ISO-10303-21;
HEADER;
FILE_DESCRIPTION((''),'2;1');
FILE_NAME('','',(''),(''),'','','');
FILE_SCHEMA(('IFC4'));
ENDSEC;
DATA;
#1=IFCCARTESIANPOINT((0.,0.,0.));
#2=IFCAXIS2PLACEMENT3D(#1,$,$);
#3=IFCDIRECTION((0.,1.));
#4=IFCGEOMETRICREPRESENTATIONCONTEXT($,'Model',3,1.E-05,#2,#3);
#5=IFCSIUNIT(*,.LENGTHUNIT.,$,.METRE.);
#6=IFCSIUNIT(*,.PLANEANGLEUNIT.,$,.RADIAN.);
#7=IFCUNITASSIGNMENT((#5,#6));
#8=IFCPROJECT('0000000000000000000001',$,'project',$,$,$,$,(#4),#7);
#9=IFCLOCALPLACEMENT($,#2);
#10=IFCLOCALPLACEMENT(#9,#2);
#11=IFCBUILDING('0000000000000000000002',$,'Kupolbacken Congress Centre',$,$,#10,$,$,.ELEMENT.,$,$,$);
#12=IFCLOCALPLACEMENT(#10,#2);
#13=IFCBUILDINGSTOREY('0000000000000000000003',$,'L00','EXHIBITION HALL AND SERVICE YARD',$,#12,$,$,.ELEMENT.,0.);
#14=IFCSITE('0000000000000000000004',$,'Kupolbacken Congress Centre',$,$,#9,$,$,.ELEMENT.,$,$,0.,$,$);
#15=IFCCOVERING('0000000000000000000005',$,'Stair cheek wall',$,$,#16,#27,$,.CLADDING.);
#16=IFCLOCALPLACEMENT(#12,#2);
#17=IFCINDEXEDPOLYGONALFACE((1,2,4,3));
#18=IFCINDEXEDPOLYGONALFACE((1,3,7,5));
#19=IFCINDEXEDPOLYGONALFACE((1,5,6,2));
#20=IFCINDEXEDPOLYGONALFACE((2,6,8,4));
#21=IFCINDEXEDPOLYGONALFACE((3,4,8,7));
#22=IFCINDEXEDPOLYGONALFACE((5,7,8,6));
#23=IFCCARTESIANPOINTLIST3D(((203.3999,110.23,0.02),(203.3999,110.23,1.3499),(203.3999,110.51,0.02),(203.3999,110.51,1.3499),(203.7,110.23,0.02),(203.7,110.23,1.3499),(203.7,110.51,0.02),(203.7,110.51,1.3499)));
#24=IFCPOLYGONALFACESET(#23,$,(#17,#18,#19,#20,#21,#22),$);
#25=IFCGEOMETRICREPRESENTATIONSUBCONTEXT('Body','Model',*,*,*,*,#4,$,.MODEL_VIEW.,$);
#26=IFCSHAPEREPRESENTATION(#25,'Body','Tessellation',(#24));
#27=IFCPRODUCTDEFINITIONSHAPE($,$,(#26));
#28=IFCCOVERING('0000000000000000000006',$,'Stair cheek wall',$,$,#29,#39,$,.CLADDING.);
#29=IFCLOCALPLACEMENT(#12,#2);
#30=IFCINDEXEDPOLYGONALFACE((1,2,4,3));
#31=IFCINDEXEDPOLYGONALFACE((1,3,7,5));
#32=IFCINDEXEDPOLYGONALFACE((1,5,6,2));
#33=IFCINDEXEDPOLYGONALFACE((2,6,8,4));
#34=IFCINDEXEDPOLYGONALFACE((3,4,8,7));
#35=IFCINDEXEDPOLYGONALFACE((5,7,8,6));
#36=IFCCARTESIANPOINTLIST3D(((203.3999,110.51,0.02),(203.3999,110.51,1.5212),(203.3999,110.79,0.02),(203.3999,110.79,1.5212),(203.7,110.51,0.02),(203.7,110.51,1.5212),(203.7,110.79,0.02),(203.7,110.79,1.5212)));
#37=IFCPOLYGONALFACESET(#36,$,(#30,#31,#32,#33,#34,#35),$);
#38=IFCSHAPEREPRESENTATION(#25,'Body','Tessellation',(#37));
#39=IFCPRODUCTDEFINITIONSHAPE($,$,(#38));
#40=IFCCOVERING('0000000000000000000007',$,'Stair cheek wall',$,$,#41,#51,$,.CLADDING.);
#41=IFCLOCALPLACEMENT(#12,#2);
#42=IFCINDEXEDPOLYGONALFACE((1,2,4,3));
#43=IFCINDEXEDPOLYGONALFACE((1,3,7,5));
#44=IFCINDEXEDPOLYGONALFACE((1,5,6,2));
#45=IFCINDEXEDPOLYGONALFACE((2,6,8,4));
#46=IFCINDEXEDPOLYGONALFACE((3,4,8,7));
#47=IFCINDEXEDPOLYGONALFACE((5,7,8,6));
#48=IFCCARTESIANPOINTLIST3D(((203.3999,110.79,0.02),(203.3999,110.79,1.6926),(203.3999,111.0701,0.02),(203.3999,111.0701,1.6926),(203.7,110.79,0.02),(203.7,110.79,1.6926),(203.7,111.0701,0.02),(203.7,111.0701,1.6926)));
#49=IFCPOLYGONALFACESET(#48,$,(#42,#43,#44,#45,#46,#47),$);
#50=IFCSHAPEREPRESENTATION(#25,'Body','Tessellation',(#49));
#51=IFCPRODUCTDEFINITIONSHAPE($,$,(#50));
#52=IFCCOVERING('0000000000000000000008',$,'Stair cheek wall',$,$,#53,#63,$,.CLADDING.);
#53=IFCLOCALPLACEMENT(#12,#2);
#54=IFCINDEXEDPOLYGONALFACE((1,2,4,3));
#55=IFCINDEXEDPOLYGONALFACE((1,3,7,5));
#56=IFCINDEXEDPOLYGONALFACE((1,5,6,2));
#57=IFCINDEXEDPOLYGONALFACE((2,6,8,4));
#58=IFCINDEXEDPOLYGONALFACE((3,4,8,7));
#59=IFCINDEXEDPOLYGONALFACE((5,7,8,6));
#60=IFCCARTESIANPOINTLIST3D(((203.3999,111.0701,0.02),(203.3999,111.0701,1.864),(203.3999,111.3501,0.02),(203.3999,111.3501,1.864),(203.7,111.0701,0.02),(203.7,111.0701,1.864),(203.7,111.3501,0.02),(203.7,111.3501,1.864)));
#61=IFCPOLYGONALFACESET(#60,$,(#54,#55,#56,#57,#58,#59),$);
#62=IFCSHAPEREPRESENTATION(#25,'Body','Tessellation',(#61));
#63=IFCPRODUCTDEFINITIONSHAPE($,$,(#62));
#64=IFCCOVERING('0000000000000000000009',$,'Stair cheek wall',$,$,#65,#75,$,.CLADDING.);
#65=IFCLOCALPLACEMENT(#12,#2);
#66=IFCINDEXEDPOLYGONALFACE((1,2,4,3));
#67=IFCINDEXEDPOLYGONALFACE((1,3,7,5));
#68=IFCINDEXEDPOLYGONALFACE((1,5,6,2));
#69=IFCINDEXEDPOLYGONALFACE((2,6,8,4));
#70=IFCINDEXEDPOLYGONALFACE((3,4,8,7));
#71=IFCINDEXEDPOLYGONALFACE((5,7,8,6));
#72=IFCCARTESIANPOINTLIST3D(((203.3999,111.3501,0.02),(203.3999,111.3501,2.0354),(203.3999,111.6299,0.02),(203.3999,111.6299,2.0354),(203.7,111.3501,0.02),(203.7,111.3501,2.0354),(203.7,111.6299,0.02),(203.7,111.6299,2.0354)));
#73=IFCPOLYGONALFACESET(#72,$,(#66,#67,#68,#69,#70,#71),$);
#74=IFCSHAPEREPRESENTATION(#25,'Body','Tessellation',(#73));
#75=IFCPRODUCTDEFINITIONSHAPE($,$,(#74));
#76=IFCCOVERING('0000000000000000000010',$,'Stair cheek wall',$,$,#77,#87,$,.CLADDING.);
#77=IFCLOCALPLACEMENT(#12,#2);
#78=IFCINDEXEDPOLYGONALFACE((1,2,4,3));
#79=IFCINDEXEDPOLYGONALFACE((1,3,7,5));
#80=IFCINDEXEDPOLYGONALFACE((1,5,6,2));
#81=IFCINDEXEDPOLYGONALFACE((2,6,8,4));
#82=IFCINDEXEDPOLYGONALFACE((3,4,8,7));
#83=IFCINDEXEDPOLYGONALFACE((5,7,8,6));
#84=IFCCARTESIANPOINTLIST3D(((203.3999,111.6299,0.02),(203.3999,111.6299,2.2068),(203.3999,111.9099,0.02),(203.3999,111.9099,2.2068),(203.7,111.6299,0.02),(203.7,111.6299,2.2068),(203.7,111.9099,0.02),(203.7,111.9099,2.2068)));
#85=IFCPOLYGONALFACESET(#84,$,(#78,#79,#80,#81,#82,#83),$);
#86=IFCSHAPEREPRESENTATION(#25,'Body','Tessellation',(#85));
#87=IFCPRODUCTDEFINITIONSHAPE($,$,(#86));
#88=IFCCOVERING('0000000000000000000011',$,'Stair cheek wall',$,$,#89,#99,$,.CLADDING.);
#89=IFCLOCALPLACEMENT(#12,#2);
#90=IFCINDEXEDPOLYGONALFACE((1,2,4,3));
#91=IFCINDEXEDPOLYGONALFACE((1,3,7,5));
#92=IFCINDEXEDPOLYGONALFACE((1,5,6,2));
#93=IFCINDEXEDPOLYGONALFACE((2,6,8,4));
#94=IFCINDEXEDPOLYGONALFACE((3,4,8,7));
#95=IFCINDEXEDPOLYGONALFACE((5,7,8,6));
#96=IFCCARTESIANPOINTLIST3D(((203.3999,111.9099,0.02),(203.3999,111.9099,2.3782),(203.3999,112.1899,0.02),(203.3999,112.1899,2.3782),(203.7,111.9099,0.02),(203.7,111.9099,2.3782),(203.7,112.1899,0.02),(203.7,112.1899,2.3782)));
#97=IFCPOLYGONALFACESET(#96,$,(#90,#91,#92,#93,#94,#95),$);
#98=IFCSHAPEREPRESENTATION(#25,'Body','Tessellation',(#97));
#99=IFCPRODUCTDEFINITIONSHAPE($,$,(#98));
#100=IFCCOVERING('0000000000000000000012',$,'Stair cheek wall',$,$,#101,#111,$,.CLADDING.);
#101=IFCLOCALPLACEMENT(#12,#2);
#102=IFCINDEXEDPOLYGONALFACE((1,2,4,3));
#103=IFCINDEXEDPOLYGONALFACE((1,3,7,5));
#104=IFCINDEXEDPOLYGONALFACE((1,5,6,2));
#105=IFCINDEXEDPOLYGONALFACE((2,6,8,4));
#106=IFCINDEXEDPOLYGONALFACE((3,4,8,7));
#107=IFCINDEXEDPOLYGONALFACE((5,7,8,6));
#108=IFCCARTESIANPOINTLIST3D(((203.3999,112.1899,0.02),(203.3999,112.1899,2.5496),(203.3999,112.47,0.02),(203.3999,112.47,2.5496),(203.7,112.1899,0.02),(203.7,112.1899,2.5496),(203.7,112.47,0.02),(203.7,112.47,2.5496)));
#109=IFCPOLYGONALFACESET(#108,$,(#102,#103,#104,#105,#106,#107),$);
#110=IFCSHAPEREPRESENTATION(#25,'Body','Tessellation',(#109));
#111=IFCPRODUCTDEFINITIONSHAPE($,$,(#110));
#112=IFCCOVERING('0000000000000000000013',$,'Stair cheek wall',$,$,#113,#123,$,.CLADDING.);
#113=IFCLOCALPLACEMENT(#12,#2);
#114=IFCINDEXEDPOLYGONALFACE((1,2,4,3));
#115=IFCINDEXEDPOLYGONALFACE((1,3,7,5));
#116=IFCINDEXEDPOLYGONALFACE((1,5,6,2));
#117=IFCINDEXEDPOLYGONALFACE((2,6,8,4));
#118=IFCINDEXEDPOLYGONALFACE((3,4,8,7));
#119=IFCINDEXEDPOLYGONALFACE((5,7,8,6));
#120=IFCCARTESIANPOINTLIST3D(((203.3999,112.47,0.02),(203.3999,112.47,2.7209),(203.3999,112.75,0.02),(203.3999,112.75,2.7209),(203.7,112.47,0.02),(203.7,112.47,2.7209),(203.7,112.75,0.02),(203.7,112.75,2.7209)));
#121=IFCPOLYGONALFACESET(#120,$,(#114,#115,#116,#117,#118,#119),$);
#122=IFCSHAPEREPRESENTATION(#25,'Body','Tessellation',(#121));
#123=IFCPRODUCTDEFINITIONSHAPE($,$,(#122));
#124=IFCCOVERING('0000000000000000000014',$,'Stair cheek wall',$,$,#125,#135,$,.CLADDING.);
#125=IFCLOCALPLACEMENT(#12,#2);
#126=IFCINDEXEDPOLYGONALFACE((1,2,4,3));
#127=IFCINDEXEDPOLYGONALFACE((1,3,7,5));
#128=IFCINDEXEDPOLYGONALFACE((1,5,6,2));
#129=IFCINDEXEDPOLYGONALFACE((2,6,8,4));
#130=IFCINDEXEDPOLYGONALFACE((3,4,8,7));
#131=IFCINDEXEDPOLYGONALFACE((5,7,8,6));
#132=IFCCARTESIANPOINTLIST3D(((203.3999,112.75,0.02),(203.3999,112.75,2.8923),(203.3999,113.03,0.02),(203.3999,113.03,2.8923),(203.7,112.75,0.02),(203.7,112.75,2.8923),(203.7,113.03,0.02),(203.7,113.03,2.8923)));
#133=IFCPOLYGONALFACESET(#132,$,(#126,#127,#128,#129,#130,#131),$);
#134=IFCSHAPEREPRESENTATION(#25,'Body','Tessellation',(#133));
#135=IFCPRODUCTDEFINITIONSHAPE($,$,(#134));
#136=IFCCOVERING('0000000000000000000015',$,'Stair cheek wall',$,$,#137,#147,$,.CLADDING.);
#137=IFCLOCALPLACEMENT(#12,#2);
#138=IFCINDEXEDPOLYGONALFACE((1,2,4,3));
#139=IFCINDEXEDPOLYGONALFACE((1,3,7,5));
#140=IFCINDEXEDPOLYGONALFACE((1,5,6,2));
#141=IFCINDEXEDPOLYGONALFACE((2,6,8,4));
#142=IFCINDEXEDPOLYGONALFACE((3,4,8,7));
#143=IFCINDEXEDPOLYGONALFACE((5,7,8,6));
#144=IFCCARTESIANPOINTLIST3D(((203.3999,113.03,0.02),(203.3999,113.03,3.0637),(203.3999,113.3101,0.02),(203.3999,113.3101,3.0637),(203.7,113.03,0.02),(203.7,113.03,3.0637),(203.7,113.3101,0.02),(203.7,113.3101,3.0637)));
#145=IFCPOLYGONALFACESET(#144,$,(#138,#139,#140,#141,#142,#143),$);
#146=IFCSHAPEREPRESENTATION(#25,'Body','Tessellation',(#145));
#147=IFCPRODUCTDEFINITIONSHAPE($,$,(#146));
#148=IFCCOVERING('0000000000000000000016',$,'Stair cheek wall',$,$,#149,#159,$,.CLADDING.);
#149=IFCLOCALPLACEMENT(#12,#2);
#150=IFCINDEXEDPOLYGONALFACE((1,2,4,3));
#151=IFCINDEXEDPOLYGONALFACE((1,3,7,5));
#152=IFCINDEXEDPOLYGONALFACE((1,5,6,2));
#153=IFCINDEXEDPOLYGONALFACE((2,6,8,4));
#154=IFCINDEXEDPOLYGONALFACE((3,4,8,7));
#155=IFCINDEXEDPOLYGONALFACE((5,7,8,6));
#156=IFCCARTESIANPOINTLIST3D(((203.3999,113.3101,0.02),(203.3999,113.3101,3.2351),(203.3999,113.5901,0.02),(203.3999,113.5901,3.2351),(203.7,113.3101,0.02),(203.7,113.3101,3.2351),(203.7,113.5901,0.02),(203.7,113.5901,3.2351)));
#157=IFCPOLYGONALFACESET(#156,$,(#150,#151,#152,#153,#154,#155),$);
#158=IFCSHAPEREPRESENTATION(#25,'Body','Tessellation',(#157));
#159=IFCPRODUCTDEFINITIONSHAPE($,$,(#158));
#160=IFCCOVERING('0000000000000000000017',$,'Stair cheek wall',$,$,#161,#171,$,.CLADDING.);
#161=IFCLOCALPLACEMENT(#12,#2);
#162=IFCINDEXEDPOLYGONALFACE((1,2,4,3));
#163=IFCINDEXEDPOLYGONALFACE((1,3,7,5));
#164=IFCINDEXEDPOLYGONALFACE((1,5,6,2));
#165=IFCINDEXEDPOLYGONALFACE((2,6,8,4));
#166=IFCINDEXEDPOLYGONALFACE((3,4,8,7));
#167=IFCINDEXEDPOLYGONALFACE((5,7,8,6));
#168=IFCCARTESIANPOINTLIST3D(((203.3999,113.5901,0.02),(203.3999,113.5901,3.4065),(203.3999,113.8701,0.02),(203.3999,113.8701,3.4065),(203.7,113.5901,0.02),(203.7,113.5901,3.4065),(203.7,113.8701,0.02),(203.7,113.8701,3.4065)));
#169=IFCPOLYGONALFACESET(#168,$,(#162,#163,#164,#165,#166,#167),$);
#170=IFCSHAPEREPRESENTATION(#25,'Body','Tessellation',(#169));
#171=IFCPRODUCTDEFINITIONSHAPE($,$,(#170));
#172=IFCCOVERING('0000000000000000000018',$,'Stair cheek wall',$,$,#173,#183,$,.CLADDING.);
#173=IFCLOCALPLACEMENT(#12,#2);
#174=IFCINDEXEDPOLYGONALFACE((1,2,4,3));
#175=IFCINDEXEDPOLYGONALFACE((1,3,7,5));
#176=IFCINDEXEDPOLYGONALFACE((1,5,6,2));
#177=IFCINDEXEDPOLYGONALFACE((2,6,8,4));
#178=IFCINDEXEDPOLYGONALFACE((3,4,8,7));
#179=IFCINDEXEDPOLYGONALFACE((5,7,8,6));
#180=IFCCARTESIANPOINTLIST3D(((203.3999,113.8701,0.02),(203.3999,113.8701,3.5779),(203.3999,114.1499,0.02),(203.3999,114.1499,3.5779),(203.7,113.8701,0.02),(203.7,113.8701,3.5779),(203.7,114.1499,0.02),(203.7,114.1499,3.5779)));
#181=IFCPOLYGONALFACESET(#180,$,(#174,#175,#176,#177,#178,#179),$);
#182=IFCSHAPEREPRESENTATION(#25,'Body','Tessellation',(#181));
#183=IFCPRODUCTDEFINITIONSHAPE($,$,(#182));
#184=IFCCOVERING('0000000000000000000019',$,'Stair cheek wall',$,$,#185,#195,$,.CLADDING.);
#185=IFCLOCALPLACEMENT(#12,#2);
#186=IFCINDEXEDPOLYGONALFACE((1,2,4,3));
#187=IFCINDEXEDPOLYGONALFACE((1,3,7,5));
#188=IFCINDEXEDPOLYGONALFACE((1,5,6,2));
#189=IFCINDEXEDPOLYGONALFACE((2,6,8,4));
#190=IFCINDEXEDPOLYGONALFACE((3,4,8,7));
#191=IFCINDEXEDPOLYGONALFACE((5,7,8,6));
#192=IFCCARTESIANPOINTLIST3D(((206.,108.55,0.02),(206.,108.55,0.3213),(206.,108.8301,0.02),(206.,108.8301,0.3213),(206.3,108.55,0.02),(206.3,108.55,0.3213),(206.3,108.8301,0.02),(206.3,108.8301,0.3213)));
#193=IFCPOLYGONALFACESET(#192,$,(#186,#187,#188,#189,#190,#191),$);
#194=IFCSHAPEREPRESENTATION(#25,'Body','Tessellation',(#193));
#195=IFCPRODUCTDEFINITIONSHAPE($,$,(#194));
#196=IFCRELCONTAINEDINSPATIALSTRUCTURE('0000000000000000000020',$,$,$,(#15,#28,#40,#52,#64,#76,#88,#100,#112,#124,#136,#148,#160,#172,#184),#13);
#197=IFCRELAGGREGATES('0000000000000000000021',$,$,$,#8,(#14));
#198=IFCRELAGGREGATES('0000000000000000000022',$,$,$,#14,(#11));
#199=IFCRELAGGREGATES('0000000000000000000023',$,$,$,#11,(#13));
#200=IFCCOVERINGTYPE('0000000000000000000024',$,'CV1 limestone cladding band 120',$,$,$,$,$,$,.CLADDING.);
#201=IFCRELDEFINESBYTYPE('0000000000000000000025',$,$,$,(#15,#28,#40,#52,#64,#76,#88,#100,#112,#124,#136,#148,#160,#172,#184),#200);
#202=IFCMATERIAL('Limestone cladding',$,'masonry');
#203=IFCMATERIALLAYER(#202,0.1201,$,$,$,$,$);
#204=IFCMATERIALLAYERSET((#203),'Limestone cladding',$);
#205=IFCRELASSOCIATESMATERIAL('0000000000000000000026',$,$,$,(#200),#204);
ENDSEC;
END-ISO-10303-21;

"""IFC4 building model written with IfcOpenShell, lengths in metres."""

from ifc_helpers import new_model, si_unit, direction, frame, origin, place, context, subcontext, project, spatial, polyline, outline, extrude, material, layer, layer_set, type_object, element, save


model = new_model("IFC4")

# Units and contexts
model_context = context("Model", 3, precision=1e-05, world=origin(), true_north=direction((0.0, 1.0)))
body_context = subcontext(model_context, "Body", "Model", "MODEL_VIEW")
ifc_project = project(units=[si_unit("LENGTHUNIT", "METRE"), si_unit("PLANEANGLEUNIT", "RADIAN")], contexts=[model_context])

# Site, building, storey
site_placement = place(None, origin())
site = spatial("IfcSite", under=ifc_project, at=site_placement, Name="Kupolbacken Congress Centre", CompositionType="ELEMENT", RefElevation=0.0)
building_placement = place(site_placement, origin())
building = spatial("IfcBuilding", under=site, at=building_placement, Name="Kupolbacken Congress Centre", CompositionType="ELEMENT")
storey_placement = place(building_placement, origin())
storey = spatial("IfcBuildingStorey", under=building, at=storey_placement, Name="L00", Description="EXHIBITION HALL AND SERVICE YARD", CompositionType="ELEMENT", Elevation=0.0)

# Coverings
ifc_material = material(Name="Limestone cladding", Category="masonry")
ifc_layer = layer(ifc_material, 0.1201)
ifc_layer_set = layer_set([ifc_layer], Name="Limestone cladding")
covering_type = type_object("IfcCoveringType", Name="CV1 limestone cladding band 120", PredefinedType="CLADDING", material=ifc_layer_set)
covering_1_placement = place(storey_placement, frame((0.0, 0.0, 0.02)))
element("IfcCovering", 1, at=covering_1_placement, inside=storey, type_object=covering_type, Name="Stair cheek wall", PredefinedType="CLADDING", context=body_context, shape_type="SweptSolid", body=[
    extrude(outline(polyline([(203.7, 110.23), (203.7, 110.51), (203.3999, 110.51), (203.3999, 110.23), (203.7, 110.23)])), origin(), (0.0, 0.0, 1.0), 1.3298),
])
covering_2_placement = place(storey_placement, frame((0.0, 0.0, 0.02)))
element("IfcCovering", 2, at=covering_2_placement, inside=storey, type_object=covering_type, Name="Stair cheek wall", PredefinedType="CLADDING", context=body_context, shape_type="SweptSolid", body=[
    extrude(outline(polyline([(203.7, 110.51), (203.7, 110.79), (203.3999, 110.79), (203.3999, 110.51), (203.7, 110.51)])), origin(), (0.0, 0.0, 1.0), 1.5012),
])
covering_3_placement = place(storey_placement, frame((0.0, 0.0, 0.02)))
element("IfcCovering", 3, at=covering_3_placement, inside=storey, type_object=covering_type, Name="Stair cheek wall", PredefinedType="CLADDING", context=body_context, shape_type="SweptSolid", body=[
    extrude(outline(polyline([(203.7, 110.79), (203.7, 111.0701), (203.3999, 111.0701), (203.3999, 110.79), (203.7, 110.79)])), origin(), (0.0, 0.0, 1.0), 1.6726),
])
covering_4_placement = place(storey_placement, frame((0.0, 0.0, 0.02)))
element("IfcCovering", 4, at=covering_4_placement, inside=storey, type_object=covering_type, Name="Stair cheek wall", PredefinedType="CLADDING", context=body_context, shape_type="SweptSolid", body=[
    extrude(outline(polyline([(203.7, 111.0701), (203.7, 111.3501), (203.3999, 111.3501), (203.3999, 111.0701), (203.7, 111.0701)])), origin(), (0.0, 0.0, 1.0), 1.844),
])
covering_5_placement = place(storey_placement, frame((0.0, 0.0, 0.02)))
element("IfcCovering", 5, at=covering_5_placement, inside=storey, type_object=covering_type, Name="Stair cheek wall", PredefinedType="CLADDING", context=body_context, shape_type="SweptSolid", body=[
    extrude(outline(polyline([(203.7, 111.3501), (203.7, 111.6299), (203.3999, 111.6299), (203.3999, 111.3501), (203.7, 111.3501)])), origin(), (0.0, 0.0, 1.0), 2.0154),
])
covering_6_placement = place(storey_placement, frame((0.0, 0.0, 0.02)))
element("IfcCovering", 6, at=covering_6_placement, inside=storey, type_object=covering_type, Name="Stair cheek wall", PredefinedType="CLADDING", context=body_context, shape_type="SweptSolid", body=[
    extrude(outline(polyline([(203.7, 111.6299), (203.7, 111.9099), (203.3999, 111.9099), (203.3999, 111.6299), (203.7, 111.6299)])), origin(), (0.0, 0.0, 1.0), 2.1868),
])
covering_7_placement = place(storey_placement, frame((0.0, 0.0, 0.02)))
element("IfcCovering", 7, at=covering_7_placement, inside=storey, type_object=covering_type, Name="Stair cheek wall", PredefinedType="CLADDING", context=body_context, shape_type="SweptSolid", body=[
    extrude(outline(polyline([(203.7, 111.9099), (203.7, 112.1899), (203.3999, 112.1899), (203.3999, 111.9099), (203.7, 111.9099)])), origin(), (0.0, 0.0, 1.0), 2.3582),
])
covering_8_placement = place(storey_placement, frame((0.0, 0.0, 0.02)))
element("IfcCovering", 8, at=covering_8_placement, inside=storey, type_object=covering_type, Name="Stair cheek wall", PredefinedType="CLADDING", context=body_context, shape_type="SweptSolid", body=[
    extrude(outline(polyline([(203.7, 112.1899), (203.7, 112.47), (203.3999, 112.47), (203.3999, 112.1899), (203.7, 112.1899)])), origin(), (0.0, 0.0, 1.0), 2.5295),
])
covering_9_placement = place(storey_placement, frame((0.0, 0.0, 0.02)))
element("IfcCovering", 9, at=covering_9_placement, inside=storey, type_object=covering_type, Name="Stair cheek wall", PredefinedType="CLADDING", context=body_context, shape_type="SweptSolid", body=[
    extrude(outline(polyline([(203.7, 112.47), (203.7, 112.75), (203.3999, 112.75), (203.3999, 112.47), (203.7, 112.47)])), origin(), (0.0, 0.0, 1.0), 2.7009),
])
covering_10_placement = place(storey_placement, frame((0.0, 0.0, 0.02)))
element("IfcCovering", 10, at=covering_10_placement, inside=storey, type_object=covering_type, Name="Stair cheek wall", PredefinedType="CLADDING", context=body_context, shape_type="SweptSolid", body=[
    extrude(outline(polyline([(203.7, 112.75), (203.7, 113.03), (203.3999, 113.03), (203.3999, 112.75), (203.7, 112.75)])), origin(), (0.0, 0.0, 1.0), 2.8723),
])
covering_11_placement = place(storey_placement, frame((0.0, 0.0, 0.02)))
element("IfcCovering", 11, at=covering_11_placement, inside=storey, type_object=covering_type, Name="Stair cheek wall", PredefinedType="CLADDING", context=body_context, shape_type="SweptSolid", body=[
    extrude(outline(polyline([(203.7, 113.03), (203.7, 113.3101), (203.3999, 113.3101), (203.3999, 113.03), (203.7, 113.03)])), origin(), (0.0, 0.0, 1.0), 3.0437),
])
covering_12_placement = place(storey_placement, frame((0.0, 0.0, 0.02)))
element("IfcCovering", 12, at=covering_12_placement, inside=storey, type_object=covering_type, Name="Stair cheek wall", PredefinedType="CLADDING", context=body_context, shape_type="SweptSolid", body=[
    extrude(outline(polyline([(203.7, 113.3101), (203.7, 113.5901), (203.3999, 113.5901), (203.3999, 113.3101), (203.7, 113.3101)])), origin(), (0.0, 0.0, 1.0), 3.2151),
])
covering_13_placement = place(storey_placement, frame((0.0, 0.0, 0.02)))
element("IfcCovering", 13, at=covering_13_placement, inside=storey, type_object=covering_type, Name="Stair cheek wall", PredefinedType="CLADDING", context=body_context, shape_type="SweptSolid", body=[
    extrude(outline(polyline([(203.7, 113.5901), (203.7, 113.8701), (203.3999, 113.8701), (203.3999, 113.5901), (203.7, 113.5901)])), origin(), (0.0, 0.0, 1.0), 3.3865),
])
covering_14_placement = place(storey_placement, frame((0.0, 0.0, 0.02)))
element("IfcCovering", 14, at=covering_14_placement, inside=storey, type_object=covering_type, Name="Stair cheek wall", PredefinedType="CLADDING", context=body_context, shape_type="SweptSolid", body=[
    extrude(outline(polyline([(203.7, 113.8701), (203.7, 114.1499), (203.3999, 114.1499), (203.3999, 113.8701), (203.7, 113.8701)])), origin(), (0.0, 0.0, 1.0), 3.5579),
])
covering_15_placement = place(storey_placement, frame((0.0, 0.0, 0.02)))
element("IfcCovering", 15, at=covering_15_placement, inside=storey, type_object=covering_type, Name="Stair cheek wall", PredefinedType="CLADDING", context=body_context, shape_type="SweptSolid", body=[
    extrude(outline(polyline([(206.3, 108.55), (206.3, 108.8301), (206.0, 108.8301), (206.0, 108.55), (206.3, 108.55)])), origin(), (0.0, 0.0, 1.0), 0.3013),
])

save(model, "model.ifc")
